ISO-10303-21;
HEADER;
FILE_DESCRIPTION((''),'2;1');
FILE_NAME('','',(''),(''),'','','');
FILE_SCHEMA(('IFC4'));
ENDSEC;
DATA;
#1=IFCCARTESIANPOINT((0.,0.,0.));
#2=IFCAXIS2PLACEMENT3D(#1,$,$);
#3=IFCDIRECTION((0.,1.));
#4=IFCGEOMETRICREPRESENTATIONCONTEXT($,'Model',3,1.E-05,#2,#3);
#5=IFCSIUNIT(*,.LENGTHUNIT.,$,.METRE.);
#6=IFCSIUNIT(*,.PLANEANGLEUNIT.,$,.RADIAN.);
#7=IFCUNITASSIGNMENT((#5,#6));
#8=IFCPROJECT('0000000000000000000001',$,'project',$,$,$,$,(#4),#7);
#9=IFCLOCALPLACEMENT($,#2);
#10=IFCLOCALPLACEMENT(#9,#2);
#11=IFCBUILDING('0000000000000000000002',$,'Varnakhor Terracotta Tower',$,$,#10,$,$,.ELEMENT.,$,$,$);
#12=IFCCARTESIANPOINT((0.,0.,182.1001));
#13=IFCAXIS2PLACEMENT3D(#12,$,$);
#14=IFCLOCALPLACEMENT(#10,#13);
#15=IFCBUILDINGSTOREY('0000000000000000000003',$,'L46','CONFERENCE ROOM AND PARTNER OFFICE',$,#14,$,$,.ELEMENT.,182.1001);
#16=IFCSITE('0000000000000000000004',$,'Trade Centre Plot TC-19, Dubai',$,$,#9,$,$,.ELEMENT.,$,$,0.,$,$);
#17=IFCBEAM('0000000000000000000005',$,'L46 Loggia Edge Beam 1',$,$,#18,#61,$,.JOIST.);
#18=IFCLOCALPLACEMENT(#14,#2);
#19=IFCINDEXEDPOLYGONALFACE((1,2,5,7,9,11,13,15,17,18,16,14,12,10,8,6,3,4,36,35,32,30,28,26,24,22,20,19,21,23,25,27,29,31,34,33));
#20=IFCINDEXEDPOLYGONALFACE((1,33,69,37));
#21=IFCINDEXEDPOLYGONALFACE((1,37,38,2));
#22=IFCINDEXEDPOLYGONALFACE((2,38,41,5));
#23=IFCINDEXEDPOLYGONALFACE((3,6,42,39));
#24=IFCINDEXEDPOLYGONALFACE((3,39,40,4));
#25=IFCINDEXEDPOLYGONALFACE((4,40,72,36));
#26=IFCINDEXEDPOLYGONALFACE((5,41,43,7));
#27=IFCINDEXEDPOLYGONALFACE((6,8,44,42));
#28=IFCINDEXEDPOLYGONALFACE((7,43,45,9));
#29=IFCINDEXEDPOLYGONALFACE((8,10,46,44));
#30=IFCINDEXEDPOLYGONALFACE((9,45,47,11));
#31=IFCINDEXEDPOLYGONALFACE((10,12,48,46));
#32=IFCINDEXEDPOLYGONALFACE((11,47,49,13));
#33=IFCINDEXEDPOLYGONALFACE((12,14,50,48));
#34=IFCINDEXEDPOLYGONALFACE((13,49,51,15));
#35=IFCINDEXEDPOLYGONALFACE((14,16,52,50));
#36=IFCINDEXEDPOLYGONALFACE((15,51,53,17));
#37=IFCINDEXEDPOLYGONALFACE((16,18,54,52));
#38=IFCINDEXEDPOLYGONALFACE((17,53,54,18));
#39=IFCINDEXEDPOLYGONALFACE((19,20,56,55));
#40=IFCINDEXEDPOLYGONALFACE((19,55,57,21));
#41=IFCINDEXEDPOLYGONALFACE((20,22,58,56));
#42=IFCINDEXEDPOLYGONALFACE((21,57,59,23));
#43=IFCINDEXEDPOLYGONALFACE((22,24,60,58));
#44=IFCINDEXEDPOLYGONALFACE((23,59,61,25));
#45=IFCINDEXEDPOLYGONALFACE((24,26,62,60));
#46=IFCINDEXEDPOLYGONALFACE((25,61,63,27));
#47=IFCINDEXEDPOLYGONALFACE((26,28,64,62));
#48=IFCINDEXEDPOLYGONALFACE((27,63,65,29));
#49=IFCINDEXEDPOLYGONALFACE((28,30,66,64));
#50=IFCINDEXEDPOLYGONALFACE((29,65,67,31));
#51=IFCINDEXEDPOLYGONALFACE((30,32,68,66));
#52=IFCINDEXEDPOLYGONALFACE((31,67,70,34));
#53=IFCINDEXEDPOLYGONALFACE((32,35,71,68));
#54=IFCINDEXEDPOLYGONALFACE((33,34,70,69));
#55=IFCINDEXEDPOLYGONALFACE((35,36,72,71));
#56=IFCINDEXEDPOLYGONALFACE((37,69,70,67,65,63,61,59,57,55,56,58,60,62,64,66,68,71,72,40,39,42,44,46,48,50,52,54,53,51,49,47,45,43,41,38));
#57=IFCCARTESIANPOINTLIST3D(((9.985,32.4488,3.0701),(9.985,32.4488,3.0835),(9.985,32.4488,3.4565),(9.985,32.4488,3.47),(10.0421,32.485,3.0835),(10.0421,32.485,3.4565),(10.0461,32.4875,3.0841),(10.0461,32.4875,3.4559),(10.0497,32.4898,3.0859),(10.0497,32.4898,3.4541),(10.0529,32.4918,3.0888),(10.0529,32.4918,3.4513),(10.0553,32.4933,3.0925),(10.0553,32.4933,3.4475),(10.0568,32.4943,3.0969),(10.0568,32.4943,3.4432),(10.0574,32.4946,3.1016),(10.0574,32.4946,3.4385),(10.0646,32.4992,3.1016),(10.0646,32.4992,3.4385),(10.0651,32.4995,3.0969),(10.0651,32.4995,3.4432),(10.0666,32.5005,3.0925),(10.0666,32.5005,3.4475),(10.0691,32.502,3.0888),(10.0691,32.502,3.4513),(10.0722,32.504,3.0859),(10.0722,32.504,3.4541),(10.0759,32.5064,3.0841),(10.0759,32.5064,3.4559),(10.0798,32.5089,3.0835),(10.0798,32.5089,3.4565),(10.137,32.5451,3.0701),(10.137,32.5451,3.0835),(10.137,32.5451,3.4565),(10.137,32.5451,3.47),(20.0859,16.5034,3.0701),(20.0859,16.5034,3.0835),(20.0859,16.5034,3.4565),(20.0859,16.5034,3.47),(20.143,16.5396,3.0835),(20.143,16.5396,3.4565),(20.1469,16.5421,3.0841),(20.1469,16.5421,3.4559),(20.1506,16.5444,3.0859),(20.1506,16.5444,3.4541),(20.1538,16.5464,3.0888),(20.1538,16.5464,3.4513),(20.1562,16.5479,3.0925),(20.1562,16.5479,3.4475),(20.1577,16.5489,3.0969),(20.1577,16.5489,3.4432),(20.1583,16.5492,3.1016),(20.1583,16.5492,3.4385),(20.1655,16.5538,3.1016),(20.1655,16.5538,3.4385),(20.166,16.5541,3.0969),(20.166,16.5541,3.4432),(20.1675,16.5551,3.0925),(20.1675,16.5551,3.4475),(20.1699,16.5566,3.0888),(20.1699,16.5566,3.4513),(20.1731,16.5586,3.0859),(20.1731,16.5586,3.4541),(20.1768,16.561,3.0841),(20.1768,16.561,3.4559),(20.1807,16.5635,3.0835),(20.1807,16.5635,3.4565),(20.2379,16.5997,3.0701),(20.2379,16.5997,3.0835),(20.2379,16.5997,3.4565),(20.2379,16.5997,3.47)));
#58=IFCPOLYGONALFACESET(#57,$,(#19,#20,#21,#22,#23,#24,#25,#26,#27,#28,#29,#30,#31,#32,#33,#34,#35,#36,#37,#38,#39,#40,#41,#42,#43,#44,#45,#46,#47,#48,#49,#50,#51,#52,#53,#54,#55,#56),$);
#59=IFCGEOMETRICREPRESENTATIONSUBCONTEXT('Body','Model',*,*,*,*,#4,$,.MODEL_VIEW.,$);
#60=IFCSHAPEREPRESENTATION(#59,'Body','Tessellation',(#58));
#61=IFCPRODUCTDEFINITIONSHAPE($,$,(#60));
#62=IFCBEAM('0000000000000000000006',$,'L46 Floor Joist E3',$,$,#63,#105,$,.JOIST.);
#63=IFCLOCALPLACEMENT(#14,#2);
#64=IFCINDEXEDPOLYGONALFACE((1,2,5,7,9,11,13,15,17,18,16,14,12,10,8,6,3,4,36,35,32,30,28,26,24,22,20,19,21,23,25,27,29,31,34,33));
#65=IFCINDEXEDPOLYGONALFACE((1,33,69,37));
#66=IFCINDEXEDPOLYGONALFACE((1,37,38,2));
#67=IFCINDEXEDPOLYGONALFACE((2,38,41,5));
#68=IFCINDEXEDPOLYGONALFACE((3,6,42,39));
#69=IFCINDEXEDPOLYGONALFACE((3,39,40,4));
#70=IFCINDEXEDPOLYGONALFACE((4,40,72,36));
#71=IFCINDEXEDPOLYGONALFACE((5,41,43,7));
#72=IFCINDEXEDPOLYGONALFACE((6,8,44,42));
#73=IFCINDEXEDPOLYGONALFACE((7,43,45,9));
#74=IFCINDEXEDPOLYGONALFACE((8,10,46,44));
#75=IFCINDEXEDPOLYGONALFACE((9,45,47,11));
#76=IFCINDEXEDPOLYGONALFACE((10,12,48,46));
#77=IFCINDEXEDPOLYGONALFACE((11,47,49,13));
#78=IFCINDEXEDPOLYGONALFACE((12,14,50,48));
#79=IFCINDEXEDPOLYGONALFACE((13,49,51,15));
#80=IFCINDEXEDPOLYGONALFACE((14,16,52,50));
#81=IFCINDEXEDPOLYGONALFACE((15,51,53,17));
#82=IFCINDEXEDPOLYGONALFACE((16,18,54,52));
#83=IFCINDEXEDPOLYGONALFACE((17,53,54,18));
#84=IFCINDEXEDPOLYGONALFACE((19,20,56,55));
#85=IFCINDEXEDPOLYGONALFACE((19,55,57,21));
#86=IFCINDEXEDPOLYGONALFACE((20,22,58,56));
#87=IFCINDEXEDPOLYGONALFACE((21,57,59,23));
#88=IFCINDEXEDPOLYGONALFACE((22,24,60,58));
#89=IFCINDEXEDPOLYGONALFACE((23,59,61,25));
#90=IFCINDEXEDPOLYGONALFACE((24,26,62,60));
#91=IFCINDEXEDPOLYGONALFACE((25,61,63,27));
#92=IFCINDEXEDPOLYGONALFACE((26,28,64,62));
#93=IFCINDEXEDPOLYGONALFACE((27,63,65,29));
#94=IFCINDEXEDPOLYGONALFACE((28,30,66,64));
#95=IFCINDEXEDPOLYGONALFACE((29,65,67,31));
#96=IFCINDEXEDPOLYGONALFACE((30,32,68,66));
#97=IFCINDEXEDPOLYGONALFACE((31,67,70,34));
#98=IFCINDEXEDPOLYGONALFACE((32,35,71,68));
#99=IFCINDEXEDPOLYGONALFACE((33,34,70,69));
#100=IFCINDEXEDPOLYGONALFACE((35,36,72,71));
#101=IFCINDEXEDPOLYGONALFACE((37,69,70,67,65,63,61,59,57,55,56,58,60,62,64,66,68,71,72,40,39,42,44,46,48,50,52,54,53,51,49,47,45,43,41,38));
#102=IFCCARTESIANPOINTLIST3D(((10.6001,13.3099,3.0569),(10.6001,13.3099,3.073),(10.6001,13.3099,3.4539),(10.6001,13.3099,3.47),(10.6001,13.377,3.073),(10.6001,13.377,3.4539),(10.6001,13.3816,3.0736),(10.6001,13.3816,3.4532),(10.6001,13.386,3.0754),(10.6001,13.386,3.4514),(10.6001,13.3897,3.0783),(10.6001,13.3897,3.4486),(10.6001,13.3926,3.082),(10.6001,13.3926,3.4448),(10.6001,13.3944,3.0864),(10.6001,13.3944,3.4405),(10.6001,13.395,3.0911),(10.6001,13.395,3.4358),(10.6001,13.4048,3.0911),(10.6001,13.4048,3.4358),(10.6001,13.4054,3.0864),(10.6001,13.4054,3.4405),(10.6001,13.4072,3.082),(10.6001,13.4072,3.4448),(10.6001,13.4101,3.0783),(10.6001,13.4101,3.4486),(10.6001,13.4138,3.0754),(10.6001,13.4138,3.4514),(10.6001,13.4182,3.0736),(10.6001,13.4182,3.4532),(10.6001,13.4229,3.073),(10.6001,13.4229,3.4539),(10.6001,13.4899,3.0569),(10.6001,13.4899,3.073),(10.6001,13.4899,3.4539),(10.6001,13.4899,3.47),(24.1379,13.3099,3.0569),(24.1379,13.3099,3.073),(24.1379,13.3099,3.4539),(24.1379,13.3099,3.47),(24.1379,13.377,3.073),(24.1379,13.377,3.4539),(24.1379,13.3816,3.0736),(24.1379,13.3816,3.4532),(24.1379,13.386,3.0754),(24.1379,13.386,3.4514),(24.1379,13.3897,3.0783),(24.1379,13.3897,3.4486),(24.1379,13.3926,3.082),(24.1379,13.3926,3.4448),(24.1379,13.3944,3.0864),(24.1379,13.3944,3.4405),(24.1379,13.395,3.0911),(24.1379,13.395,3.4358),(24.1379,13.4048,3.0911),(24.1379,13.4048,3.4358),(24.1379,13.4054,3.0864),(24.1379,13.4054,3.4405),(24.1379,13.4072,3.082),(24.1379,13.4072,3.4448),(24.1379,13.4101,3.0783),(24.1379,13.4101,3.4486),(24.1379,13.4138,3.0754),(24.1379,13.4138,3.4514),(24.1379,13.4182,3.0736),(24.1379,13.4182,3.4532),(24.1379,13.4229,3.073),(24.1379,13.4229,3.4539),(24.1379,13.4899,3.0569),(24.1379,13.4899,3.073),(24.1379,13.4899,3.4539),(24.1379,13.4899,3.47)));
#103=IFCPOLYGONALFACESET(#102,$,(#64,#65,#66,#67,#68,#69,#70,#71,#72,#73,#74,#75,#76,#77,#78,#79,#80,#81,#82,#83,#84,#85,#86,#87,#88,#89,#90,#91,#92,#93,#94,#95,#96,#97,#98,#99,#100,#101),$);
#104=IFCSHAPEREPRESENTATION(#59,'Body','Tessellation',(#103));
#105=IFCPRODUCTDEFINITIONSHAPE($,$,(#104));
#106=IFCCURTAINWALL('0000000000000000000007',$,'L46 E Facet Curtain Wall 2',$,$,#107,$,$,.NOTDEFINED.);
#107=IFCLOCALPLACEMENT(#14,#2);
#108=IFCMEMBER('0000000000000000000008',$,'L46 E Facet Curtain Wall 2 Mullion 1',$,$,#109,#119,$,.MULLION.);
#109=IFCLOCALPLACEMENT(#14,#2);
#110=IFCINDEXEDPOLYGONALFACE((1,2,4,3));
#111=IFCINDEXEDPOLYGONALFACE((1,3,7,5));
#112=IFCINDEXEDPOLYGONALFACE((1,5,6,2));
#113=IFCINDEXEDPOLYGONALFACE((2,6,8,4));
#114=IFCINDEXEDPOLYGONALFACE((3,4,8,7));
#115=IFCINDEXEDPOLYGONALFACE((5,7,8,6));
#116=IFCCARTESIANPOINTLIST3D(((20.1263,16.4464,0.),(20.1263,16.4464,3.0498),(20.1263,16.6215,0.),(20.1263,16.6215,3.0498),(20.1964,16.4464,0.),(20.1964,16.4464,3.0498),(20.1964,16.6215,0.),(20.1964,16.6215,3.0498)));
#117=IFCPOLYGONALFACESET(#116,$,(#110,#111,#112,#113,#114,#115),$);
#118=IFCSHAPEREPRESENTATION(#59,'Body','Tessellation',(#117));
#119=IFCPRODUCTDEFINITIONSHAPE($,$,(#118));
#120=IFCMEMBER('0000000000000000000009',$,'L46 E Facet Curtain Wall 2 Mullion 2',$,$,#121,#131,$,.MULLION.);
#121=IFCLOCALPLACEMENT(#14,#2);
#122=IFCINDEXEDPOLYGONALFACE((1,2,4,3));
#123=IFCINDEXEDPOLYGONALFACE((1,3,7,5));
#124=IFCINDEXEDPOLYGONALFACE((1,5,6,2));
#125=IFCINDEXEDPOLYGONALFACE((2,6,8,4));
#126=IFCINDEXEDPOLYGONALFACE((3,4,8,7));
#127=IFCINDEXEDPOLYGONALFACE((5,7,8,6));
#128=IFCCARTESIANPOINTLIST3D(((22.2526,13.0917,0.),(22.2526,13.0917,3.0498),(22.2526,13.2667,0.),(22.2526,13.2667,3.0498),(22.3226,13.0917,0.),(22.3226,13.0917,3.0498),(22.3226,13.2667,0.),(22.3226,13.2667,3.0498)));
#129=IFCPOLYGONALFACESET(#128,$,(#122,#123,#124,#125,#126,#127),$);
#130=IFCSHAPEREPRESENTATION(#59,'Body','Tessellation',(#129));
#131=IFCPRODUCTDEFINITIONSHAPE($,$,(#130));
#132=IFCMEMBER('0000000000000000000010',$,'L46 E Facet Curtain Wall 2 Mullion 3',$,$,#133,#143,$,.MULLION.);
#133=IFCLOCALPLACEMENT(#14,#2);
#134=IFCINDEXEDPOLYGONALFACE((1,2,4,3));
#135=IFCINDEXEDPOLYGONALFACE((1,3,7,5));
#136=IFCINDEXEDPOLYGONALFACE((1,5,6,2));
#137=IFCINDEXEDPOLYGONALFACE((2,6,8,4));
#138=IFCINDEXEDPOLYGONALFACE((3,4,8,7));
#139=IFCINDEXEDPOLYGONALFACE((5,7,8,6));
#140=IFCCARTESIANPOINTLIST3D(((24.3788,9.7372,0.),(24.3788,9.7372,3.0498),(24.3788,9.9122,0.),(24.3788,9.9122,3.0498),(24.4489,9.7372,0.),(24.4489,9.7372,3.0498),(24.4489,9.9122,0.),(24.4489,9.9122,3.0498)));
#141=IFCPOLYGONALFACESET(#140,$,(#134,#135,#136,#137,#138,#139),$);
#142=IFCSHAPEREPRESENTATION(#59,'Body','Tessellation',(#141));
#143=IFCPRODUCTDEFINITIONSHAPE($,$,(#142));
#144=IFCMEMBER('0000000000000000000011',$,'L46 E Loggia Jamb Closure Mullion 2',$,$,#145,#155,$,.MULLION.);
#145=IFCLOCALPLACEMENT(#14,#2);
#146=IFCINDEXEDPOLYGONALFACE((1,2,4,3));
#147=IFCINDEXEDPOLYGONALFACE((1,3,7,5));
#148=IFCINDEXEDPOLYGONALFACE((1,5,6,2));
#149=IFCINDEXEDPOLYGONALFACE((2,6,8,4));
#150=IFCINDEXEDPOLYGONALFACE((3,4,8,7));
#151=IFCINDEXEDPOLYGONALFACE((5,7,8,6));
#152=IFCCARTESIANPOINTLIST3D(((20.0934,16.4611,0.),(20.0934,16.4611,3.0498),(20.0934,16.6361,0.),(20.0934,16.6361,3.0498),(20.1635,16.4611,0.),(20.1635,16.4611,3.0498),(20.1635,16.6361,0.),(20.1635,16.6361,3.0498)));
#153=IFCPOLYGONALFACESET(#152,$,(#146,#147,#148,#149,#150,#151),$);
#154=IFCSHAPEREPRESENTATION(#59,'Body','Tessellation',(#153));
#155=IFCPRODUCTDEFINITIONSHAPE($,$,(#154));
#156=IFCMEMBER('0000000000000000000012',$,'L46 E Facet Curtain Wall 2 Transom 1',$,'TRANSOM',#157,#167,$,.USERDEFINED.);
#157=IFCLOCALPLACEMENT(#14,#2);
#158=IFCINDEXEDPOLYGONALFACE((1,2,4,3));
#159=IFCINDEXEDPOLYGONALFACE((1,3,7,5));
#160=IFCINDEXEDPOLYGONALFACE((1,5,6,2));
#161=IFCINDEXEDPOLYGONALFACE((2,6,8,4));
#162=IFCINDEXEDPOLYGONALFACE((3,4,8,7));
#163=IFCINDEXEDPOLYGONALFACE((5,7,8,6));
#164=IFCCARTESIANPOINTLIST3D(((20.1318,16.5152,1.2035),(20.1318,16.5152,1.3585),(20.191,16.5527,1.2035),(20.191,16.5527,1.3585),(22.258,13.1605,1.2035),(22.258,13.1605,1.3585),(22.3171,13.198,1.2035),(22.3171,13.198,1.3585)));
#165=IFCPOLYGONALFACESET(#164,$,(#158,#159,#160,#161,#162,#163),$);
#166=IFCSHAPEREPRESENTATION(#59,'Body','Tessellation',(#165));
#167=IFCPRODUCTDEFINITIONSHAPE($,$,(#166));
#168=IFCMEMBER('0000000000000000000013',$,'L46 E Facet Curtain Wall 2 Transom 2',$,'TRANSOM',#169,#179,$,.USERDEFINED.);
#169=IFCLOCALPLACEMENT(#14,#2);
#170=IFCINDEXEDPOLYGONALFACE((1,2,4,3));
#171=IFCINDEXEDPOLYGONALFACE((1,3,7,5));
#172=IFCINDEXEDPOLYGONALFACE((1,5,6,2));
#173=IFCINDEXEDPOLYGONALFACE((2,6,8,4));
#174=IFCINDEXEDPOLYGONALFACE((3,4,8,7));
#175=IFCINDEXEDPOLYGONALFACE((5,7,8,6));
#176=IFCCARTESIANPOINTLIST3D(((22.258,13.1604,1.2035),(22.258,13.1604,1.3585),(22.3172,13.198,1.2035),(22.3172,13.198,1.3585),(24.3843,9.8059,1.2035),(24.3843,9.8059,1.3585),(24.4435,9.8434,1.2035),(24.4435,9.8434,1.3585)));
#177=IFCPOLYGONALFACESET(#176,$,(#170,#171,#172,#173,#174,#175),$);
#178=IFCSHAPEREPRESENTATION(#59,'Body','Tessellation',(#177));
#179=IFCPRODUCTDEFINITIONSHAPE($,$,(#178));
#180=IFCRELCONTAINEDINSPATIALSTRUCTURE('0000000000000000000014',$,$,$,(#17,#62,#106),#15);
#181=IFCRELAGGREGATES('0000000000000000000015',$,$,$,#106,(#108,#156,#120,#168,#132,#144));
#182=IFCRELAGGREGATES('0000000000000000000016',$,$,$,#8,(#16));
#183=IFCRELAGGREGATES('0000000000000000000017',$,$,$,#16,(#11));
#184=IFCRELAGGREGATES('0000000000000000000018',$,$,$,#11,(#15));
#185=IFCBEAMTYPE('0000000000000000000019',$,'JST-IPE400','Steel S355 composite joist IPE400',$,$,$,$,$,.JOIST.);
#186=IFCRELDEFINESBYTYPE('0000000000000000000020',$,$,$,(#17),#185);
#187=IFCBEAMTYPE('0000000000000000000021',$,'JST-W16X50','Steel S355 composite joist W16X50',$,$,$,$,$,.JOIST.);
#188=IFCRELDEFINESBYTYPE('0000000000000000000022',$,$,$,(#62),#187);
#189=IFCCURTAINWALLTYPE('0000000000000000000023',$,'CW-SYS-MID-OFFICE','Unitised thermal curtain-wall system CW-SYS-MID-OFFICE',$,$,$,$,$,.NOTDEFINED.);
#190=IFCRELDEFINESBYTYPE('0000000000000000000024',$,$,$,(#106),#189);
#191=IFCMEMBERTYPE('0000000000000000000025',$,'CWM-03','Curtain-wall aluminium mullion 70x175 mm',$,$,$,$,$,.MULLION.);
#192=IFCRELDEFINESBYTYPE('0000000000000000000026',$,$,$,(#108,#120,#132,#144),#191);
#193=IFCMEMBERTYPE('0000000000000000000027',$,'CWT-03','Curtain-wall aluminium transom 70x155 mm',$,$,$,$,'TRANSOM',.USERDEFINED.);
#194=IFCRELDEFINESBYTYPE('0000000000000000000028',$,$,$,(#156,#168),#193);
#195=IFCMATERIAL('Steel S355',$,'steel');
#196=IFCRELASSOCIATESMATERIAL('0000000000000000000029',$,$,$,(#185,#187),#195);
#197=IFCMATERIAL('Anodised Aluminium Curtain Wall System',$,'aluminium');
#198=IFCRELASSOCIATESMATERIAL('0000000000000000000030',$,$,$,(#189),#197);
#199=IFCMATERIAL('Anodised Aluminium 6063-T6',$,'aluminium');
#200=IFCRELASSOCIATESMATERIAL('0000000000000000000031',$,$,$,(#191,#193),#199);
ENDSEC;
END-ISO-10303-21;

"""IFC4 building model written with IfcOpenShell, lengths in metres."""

from ifc_helpers import new_model, si_unit, direction, frame, origin, origin_2d, place, context, subcontext, project, spatial, rectangle, i_section, extrude, source, transform, mapped, material, material_profile, profile_set, type_object, type_shapes, element, aggregate, save


model = new_model("IFC4")

# Units and contexts
model_context = context("Model", 3, precision=1e-05, world=origin(), true_north=direction((0.0, 1.0)))
body_context = subcontext(model_context, "Body", "Model", "MODEL_VIEW")
ifc_project = project(units=[si_unit("LENGTHUNIT", "METRE"), si_unit("PLANEANGLEUNIT", "RADIAN")], contexts=[model_context])

# Site, building, storey
site_placement = place(None, origin())
site = spatial("IfcSite", under=ifc_project, at=site_placement, Name="Trade Centre Plot TC-19, Dubai", CompositionType="ELEMENT", RefElevation=0.0)
building_placement = place(site_placement, origin())
building = spatial("IfcBuilding", under=site, at=building_placement, Name="Varnakhor Terracotta Tower", CompositionType="ELEMENT")
storey_placement = place(building_placement, frame((0.0, 0.0, 182.1001)))
storey = spatial("IfcBuildingStorey", under=building, at=storey_placement, Name="L46", Description="CONFERENCE ROOM AND PARTNER OFFICE", CompositionType="ELEMENT", Elevation=182.1001)

# Beams
ifc_material_1 = material(Name="Steel S355", Category="steel")
ifc_material_profile_1 = material_profile(ifc_material_1, i_section(OverallWidth=0.1799, OverallDepth=0.3999, WebThickness=0.0085, FlangeThickness=0.0134, FilletRadius=0.0181, at=origin_2d()), Name="IPE400")
ifc_profile_set_1 = profile_set([ifc_material_profile_1], Name="Steel S355")
beam_type_1 = type_object("IfcBeamType", Name="JST-IPE400", Description="Steel S355 composite joist IPE400", PredefinedType="JOIST", material=ifc_profile_set_1)
shared_shape_1 = source(origin(), body_context, "Body", "SweptSolid", [
    extrude(i_section(OverallWidth=0.1799, OverallDepth=0.3999, WebThickness=0.0085, FlangeThickness=0.0134, FilletRadius=0.0181, at=origin_2d()), origin(), (0.0, 0.0, 1.0), 18.8755),
])
beam_1_placement = place(storey_placement, frame((20.1619, 16.5515, 3.27), z_axis=(-0.535133, 0.844768, 0.0), x_axis=(-0.844768, -0.535133, 0.0)))
element("IfcBeam", 1, at=beam_1_placement, inside=storey, type_object=beam_type_1, Name="L46 Loggia Edge Beam 1", PredefinedType="JOIST", context=body_context, shape_type="MappedRepresentation", body=[
    mapped(shared_shape_1, transform((0.0, 0.0, 0.0), scale=1.0)),
])
ifc_material_profile_2 = material_profile(ifc_material_1, i_section(OverallWidth=0.1799, OverallDepth=0.4131, WebThickness=0.0098, FlangeThickness=0.0161, FilletRadius=0.0181, at=origin_2d()), Name="W16X50")
ifc_profile_set_2 = profile_set([ifc_material_profile_2], Name="Steel S355")
beam_type_2 = type_object("IfcBeamType", Name="JST-W16X50", Description="Steel S355 composite joist W16X50", PredefinedType="JOIST", material=ifc_profile_set_2)
shared_shape_2 = source(origin(), body_context, "Body", "SweptSolid", [
    extrude(i_section(OverallWidth=0.1799, OverallDepth=0.4131, WebThickness=0.0098, FlangeThickness=0.0161, FilletRadius=0.0181, at=origin_2d()), origin(), (0.0, 0.0, 1.0), 13.5378),
])
beam_2_placement = place(storey_placement, frame((10.6001, 13.3999, 3.2634), z_axis=(1.0, 0.0, 0.0), x_axis=(0.0, 1.0, 0.0)))
element("IfcBeam", 2, at=beam_2_placement, inside=storey, type_object=beam_type_2, Name="L46 Floor Joist E3", PredefinedType="JOIST", context=body_context, shape_type="MappedRepresentation", body=[
    mapped(shared_shape_2, transform((0.0, 0.0, 0.0), scale=1.0)),
])

# Curtain wall, members
ifc_material_2 = material(Name="Anodised Aluminium Curtain Wall System", Category="aluminium")
curtain_wall_type = type_object("IfcCurtainWallType", Name="CW-SYS-MID-OFFICE", Description="Unitised thermal curtain-wall system CW-SYS-MID-OFFICE", PredefinedType="NOTDEFINED", material=ifc_material_2)
curtain_wall_placement = place(storey_placement, origin())
curtain_wall = element("IfcCurtainWall", 3, at=curtain_wall_placement, inside=storey, type_object=curtain_wall_type, Name="L46 E Facet Curtain Wall 2", PredefinedType="NOTDEFINED")
ifc_material_3 = material(Name="Anodised Aluminium 6063-T6", Category="aluminium")
ifc_material_profile_3 = material_profile(ifc_material_3, rectangle(XDim=0.0701, YDim=0.175, at=origin_2d()), Name="ALU MULLION 70x175")
ifc_profile_set_3 = profile_set([ifc_material_profile_3], Name="Anodised Aluminium 6063-T6")
member_type_1 = type_object("IfcMemberType", Name="CWM-03", Description="Curtain-wall aluminium mullion 70x175 mm", PredefinedType="MULLION", material=ifc_profile_set_3)
shared_shape_3 = source(origin(), body_context, "Body", "SweptSolid", [
    extrude(rectangle(XDim=0.0701, YDim=0.175, at=origin_2d()), origin(), (0.0, 0.0, 1.0), 3.0498),
])
type_shapes(member_type_1, [shared_shape_3])
member_1_placement = place(storey_placement, frame((20.1614, 16.5339, 0.0), z_axis=(0.0, 0.0, 1.0), x_axis=(1.0, 0.0, 0.0)))
member_1 = element("IfcMember", 4, at=member_1_placement, type_object=member_type_1, Name="L46 E Facet Curtain Wall 2 Mullion 1", PredefinedType="MULLION", context=body_context, shape_type="MappedRepresentation", body=[
    mapped(shared_shape_3, transform((0.0, 0.0, 0.0), scale=1.0)),
])
member_2_placement = place(storey_placement, frame((22.2876, 13.1792, 0.0), z_axis=(0.0, 0.0, 1.0), x_axis=(1.0, 0.0, 0.0)))
member_2 = element("IfcMember", 5, at=member_2_placement, type_object=member_type_1, Name="L46 E Facet Curtain Wall 2 Mullion 2", PredefinedType="MULLION", context=body_context, shape_type="MappedRepresentation", body=[
    mapped(shared_shape_3, transform((0.0, 0.0, 0.0), scale=1.0)),
])
member_3_placement = place(storey_placement, frame((24.4138, 9.8247, 0.0), z_axis=(0.0, 0.0, 1.0), x_axis=(1.0, 0.0, 0.0)))
member_3 = element("IfcMember", 6, at=member_3_placement, type_object=member_type_1, Name="L46 E Facet Curtain Wall 2 Mullion 3", PredefinedType="MULLION", context=body_context, shape_type="MappedRepresentation", body=[
    mapped(shared_shape_3, transform((0.0, 0.0, 0.0), scale=1.0)),
])
member_4_placement = place(storey_placement, frame((20.1284, 16.5486, 0.0), z_axis=(0.0, 0.0, 1.0), x_axis=(1.0, 0.0, 0.0)))
member_4 = element("IfcMember", 7, at=member_4_placement, type_object=member_type_1, Name="L46 E Loggia Jamb Closure Mullion 2", PredefinedType="MULLION", context=body_context, shape_type="MappedRepresentation", body=[
    mapped(shared_shape_3, transform((0.0, 0.0, 0.0), scale=1.0)),
])
ifc_material_profile_4 = material_profile(ifc_material_3, rectangle(XDim=0.0701, YDim=0.155, at=origin_2d()), Name="ALU TRANSOM 70x155")
ifc_profile_set_4 = profile_set([ifc_material_profile_4], Name="Anodised Aluminium 6063-T6")
member_type_2 = type_object("IfcMemberType", Name="CWT-03", Description="Curtain-wall aluminium transom 70x155 mm", ElementType="TRANSOM", PredefinedType="USERDEFINED", material=ifc_profile_set_4)
shared_shape_4 = source(origin(), body_context, "Body", "SweptSolid", [
    extrude(rectangle(XDim=0.0701, YDim=0.155, at=origin_2d()), origin(), (0.0, 0.0, 1.0), 3.9717),
])
member_5_placement = place(storey_placement, frame((20.1614, 16.5339, 1.281), z_axis=(0.535331, -0.844642, 0.0), x_axis=(0.844642, 0.535331, 0.0)))
member_5 = element("IfcMember", 8, at=member_5_placement, type_object=member_type_2, Name="L46 E Facet Curtain Wall 2 Transom 1", ObjectType="TRANSOM", PredefinedType="USERDEFINED", context=body_context, shape_type="MappedRepresentation", body=[
    mapped(shared_shape_4, transform((0.0, 0.0, 0.0), scale=1.0)),
])
member_6_placement = place(storey_placement, frame((22.2876, 13.1792, 1.281), z_axis=(0.535359, -0.844625, 0.0), x_axis=(0.844625, 0.535359, 0.0)))
member_6 = element("IfcMember", 9, at=member_6_placement, type_object=member_type_2, Name="L46 E Facet Curtain Wall 2 Transom 2", ObjectType="TRANSOM", PredefinedType="USERDEFINED", context=body_context, shape_type="MappedRepresentation", body=[
    mapped(shared_shape_4, transform((0.0, 0.0, 0.0), scale=1.0)),
])

aggregate(curtain_wall, [member_1, member_5, member_2, member_6, member_3, member_4])

save(model, "model.ifc")
